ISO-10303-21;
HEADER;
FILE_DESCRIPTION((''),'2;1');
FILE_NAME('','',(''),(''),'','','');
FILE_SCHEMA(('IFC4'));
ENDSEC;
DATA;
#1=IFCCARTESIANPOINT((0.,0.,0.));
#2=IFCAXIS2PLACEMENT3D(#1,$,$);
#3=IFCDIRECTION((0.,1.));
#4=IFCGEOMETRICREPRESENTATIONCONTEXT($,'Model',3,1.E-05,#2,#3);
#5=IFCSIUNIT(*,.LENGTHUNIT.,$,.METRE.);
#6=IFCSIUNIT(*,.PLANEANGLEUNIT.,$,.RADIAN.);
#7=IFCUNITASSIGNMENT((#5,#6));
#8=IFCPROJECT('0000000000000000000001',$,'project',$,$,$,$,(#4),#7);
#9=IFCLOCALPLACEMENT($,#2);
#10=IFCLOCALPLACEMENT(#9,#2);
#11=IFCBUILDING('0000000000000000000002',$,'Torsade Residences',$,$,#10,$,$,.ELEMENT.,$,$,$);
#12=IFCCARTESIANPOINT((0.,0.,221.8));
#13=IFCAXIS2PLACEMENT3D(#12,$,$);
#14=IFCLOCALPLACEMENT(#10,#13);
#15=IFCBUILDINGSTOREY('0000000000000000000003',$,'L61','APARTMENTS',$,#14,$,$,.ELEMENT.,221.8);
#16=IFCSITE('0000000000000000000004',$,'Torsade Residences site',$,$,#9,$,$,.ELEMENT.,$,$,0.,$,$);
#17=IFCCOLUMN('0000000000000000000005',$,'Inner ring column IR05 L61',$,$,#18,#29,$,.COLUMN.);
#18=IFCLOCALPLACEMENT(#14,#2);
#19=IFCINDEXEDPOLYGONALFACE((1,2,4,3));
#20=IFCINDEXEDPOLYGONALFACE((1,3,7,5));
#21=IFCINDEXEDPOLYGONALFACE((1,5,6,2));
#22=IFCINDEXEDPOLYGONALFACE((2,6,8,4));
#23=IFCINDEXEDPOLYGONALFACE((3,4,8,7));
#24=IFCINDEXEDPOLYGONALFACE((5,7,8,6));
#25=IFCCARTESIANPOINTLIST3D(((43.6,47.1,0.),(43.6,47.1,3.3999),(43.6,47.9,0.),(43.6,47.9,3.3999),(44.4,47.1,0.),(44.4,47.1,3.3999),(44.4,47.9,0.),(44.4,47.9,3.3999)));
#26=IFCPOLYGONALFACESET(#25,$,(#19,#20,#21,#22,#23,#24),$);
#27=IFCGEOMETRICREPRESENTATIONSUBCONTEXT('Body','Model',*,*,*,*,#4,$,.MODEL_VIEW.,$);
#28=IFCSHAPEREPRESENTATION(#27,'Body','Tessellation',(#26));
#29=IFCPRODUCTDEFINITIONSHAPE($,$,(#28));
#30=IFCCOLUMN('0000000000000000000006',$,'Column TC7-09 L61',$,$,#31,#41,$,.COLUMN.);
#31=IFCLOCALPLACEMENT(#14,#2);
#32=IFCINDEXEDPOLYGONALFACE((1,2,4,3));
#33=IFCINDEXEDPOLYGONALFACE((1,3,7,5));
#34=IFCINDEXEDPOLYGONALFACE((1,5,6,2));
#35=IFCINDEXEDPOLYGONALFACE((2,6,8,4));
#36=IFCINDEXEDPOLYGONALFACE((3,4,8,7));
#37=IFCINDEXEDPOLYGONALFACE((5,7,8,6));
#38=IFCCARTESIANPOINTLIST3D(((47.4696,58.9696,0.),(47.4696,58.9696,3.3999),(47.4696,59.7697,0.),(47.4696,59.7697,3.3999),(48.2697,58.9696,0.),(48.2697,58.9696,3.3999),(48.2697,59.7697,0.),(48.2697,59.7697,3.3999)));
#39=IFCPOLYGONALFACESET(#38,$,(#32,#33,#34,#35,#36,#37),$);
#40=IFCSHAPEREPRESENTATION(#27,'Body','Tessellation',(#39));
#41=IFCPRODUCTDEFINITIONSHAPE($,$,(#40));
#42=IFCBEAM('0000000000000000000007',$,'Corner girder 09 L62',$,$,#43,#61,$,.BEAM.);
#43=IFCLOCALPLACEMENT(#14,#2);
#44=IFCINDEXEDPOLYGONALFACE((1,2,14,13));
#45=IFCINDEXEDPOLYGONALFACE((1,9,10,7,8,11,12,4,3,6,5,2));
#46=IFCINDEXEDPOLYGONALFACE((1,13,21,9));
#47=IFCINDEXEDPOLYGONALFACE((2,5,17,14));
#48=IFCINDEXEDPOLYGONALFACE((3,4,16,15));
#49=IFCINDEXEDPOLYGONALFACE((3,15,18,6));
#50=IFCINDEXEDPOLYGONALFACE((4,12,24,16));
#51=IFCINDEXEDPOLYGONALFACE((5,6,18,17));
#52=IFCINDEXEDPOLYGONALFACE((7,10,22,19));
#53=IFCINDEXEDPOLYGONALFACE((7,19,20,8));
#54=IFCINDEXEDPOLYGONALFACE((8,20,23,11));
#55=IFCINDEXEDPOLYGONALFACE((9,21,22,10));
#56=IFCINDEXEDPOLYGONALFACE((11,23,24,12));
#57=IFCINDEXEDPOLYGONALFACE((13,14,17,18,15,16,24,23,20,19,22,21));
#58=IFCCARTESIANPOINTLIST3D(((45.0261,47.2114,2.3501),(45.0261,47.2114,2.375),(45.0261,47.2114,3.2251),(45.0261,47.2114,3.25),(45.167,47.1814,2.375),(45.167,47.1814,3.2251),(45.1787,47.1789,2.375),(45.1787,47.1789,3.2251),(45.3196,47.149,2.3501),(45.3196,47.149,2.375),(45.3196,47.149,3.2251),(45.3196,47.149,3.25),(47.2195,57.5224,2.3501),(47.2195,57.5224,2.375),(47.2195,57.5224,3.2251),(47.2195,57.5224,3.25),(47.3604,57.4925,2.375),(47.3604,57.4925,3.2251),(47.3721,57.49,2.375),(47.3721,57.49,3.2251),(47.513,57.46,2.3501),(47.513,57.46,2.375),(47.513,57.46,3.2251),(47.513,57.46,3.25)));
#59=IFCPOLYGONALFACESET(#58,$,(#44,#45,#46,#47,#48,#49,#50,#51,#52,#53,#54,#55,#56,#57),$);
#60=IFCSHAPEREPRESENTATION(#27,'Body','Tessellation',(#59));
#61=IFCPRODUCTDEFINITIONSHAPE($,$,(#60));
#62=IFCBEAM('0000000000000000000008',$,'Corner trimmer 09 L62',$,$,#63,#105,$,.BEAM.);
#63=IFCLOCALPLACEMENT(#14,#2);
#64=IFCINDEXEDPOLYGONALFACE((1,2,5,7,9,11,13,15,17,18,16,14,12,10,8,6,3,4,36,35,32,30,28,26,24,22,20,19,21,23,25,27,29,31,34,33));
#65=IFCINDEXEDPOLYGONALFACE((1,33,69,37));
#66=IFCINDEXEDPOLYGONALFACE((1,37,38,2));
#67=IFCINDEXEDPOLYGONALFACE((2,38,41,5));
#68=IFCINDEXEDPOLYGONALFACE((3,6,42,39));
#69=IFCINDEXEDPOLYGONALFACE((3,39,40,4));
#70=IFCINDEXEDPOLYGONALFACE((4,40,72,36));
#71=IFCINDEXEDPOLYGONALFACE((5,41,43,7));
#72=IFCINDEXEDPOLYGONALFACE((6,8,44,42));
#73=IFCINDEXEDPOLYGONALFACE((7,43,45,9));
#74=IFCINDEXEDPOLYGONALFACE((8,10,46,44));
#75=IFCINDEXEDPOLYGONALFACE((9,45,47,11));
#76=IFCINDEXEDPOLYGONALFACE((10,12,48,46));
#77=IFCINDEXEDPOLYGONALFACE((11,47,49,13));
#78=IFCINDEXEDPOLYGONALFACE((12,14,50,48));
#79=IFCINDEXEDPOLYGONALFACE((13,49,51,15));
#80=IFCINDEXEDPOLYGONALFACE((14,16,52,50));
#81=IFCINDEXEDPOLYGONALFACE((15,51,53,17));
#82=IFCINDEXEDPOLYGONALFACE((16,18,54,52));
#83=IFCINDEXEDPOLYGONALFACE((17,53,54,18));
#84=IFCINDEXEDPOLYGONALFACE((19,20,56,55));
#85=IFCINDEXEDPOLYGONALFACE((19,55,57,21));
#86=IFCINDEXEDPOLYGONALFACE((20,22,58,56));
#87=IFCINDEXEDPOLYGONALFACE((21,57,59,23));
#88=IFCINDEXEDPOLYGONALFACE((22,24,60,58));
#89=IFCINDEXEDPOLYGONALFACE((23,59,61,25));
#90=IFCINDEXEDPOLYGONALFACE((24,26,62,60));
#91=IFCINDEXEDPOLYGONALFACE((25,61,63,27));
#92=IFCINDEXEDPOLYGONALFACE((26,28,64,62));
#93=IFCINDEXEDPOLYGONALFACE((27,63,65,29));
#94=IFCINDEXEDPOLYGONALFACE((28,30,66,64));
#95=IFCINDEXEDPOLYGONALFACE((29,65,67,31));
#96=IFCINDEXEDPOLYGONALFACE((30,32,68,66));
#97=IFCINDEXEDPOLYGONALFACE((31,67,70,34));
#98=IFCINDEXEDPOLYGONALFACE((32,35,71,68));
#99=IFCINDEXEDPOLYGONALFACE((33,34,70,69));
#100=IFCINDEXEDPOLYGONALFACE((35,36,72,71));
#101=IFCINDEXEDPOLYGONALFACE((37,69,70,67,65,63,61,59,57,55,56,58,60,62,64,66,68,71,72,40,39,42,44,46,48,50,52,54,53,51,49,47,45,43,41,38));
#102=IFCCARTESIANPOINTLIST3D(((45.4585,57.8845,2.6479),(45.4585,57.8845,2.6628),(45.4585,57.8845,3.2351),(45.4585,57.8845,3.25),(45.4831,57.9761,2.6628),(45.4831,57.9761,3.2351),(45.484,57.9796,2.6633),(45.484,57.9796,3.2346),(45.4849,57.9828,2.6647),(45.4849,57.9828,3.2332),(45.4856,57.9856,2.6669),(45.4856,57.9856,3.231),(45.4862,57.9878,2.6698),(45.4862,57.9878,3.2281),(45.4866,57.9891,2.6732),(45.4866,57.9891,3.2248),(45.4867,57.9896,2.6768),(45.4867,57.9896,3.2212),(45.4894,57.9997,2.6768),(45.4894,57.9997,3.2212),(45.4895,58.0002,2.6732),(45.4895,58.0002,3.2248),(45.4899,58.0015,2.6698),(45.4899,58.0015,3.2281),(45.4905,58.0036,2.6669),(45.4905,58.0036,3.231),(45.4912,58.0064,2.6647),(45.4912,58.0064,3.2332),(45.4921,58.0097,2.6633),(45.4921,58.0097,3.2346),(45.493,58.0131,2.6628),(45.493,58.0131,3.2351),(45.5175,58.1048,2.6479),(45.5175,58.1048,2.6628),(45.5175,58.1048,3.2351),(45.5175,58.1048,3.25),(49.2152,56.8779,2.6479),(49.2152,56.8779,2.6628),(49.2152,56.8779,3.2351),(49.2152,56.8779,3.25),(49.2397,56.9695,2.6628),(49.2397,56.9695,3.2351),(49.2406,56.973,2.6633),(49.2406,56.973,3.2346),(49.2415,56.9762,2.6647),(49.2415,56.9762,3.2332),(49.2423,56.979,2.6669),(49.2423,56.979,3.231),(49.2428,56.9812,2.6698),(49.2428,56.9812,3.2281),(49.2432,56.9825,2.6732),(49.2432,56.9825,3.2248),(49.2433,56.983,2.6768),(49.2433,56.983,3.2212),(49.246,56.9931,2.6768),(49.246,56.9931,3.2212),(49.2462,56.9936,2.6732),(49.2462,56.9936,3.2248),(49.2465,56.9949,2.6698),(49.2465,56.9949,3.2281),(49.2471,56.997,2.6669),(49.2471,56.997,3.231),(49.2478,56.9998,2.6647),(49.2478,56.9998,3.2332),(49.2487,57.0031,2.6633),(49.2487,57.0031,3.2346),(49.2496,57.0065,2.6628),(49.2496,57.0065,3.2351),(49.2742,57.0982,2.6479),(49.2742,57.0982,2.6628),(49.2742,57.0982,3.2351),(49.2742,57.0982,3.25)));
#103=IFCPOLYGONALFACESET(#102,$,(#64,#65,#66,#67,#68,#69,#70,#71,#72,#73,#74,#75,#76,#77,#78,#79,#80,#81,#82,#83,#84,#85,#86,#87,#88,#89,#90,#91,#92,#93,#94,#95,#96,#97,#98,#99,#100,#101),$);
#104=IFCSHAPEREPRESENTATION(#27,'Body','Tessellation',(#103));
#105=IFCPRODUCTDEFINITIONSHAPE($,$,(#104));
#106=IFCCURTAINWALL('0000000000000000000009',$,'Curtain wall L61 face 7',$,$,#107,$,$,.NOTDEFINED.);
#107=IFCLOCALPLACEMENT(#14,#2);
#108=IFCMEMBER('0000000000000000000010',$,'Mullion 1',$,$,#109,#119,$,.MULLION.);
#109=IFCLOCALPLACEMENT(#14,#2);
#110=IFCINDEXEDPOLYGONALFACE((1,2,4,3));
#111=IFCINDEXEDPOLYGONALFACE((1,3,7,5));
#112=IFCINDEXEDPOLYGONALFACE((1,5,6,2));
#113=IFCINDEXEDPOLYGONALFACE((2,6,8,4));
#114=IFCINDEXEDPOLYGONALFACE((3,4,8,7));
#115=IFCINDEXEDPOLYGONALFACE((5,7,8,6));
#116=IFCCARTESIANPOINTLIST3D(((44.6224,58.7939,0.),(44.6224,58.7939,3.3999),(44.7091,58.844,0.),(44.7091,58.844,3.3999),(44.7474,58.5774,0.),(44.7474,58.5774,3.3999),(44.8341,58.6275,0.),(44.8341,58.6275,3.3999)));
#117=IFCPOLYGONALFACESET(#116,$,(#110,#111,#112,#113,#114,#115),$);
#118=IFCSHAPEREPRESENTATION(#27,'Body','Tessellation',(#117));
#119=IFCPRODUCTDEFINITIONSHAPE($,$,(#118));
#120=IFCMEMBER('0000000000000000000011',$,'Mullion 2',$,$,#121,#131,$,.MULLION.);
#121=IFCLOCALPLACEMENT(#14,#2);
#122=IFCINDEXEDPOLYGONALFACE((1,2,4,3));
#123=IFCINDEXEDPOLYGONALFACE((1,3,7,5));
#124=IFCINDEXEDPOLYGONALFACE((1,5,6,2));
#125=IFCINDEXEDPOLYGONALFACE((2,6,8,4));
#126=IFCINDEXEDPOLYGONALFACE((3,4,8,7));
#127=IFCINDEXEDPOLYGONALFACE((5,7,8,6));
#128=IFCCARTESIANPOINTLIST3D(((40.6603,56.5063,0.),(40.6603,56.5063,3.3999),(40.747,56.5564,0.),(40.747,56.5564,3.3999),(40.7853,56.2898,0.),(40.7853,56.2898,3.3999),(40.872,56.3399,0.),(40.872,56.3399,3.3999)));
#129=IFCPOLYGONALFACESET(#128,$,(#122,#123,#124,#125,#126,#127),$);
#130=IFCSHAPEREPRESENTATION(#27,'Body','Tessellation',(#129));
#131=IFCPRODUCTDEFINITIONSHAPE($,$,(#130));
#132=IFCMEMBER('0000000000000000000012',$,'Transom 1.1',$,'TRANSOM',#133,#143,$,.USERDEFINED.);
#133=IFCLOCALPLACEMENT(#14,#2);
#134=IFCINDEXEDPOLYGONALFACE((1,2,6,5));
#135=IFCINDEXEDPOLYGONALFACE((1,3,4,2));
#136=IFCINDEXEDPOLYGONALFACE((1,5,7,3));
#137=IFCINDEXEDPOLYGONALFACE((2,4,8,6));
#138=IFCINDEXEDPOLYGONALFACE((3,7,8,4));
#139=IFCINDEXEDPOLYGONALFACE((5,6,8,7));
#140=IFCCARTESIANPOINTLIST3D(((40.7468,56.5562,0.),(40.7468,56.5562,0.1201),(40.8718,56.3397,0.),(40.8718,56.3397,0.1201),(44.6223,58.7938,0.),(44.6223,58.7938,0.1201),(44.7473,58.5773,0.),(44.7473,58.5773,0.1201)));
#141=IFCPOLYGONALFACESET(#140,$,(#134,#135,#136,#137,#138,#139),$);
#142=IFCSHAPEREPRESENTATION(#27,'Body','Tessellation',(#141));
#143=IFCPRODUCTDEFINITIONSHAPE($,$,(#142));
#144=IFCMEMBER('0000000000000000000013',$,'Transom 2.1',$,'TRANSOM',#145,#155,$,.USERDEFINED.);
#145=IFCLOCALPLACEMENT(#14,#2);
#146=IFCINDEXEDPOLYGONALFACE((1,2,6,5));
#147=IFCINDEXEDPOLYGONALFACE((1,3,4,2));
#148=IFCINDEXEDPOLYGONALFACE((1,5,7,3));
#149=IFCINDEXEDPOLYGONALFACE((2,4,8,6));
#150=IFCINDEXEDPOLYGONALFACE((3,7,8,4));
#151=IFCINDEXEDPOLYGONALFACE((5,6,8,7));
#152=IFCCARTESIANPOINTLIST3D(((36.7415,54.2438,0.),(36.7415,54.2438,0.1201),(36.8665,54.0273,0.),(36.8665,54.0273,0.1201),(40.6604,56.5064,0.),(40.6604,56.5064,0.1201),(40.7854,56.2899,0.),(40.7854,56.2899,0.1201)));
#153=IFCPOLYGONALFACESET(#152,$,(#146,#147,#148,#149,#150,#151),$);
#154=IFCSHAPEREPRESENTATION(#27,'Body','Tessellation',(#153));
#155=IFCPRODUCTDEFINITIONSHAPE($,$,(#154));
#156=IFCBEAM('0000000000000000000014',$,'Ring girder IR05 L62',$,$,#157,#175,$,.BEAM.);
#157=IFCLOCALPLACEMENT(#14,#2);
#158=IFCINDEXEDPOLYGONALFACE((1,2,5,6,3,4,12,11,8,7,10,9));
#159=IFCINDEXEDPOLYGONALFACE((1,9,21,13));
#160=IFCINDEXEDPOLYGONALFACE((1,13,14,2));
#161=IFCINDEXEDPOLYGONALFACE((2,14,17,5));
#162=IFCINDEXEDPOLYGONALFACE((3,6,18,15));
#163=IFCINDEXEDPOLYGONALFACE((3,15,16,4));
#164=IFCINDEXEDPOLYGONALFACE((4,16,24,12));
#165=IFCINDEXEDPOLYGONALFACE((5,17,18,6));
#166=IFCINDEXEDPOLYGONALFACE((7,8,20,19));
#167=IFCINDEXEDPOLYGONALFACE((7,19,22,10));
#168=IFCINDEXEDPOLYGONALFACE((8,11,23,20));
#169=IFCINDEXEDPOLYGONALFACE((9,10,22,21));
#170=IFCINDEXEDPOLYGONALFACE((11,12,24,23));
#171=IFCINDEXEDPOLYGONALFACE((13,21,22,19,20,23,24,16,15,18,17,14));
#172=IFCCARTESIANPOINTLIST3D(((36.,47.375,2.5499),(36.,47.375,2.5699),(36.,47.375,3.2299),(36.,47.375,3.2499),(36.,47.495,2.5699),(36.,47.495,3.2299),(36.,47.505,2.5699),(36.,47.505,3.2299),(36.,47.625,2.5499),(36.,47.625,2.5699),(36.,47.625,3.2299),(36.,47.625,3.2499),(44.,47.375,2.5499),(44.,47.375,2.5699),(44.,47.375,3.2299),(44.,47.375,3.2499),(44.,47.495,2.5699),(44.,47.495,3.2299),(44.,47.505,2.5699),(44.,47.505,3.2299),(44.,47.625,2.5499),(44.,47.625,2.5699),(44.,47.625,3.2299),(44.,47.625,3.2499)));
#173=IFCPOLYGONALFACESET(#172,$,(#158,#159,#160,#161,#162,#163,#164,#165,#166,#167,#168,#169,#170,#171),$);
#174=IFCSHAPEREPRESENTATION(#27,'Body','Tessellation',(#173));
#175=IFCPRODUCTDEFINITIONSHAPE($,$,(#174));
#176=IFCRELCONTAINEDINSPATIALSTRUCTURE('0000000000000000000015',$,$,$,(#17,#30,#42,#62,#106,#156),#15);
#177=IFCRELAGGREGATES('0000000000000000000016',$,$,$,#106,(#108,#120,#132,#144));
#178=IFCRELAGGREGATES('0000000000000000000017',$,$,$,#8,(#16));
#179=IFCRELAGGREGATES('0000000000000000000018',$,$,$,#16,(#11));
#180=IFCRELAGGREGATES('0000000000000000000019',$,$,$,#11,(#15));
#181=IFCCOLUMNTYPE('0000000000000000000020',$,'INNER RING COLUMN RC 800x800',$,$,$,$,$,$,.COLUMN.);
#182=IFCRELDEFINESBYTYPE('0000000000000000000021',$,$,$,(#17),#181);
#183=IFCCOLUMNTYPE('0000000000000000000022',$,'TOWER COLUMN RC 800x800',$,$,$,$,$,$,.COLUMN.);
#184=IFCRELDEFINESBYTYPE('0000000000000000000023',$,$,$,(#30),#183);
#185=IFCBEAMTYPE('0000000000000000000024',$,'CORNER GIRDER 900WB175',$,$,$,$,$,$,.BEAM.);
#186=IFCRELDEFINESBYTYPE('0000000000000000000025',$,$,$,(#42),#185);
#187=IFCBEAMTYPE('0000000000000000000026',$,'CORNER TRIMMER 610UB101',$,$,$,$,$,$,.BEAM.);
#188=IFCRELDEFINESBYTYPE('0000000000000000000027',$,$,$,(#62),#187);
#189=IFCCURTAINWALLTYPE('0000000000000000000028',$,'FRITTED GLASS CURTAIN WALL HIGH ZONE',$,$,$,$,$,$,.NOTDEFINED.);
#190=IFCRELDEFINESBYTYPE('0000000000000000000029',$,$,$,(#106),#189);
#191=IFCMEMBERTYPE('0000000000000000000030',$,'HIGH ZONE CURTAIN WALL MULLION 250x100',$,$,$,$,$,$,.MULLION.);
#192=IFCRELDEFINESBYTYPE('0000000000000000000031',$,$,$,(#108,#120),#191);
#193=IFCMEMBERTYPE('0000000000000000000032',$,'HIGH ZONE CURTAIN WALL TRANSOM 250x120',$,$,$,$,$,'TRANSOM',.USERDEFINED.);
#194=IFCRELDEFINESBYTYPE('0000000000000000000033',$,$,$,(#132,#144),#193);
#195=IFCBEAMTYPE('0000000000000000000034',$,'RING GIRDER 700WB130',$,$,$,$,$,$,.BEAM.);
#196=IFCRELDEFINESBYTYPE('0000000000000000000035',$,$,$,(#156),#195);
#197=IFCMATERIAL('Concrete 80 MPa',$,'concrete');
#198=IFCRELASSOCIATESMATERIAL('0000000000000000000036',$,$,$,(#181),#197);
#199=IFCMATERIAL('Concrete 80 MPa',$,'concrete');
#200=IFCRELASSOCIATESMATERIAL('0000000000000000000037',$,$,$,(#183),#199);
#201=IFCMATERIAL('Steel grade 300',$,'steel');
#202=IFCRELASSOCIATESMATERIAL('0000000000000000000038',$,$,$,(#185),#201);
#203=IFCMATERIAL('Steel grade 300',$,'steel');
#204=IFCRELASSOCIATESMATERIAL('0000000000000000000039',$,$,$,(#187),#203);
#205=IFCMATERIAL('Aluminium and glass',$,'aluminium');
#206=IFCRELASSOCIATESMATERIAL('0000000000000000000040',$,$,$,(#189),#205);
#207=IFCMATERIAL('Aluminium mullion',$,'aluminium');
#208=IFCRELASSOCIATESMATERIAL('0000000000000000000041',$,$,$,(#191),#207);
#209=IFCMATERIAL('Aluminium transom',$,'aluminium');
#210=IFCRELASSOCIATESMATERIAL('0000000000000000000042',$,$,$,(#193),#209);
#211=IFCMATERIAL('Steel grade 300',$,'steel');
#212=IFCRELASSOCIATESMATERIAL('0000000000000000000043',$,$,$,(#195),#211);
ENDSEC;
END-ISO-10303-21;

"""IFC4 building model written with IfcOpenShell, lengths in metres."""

from ifc_helpers import new_model, si_unit, direction, frame, origin, origin_2d, place, context, subcontext, project, spatial, rectangle, i_section, extrude, material, material_profile, profile_set, type_object, element, aggregate, save


model = new_model("IFC4")

# Units and contexts
model_context = context("Model", 3, precision=1e-05, world=origin(), true_north=direction((0.0, 1.0)))
body_context = subcontext(model_context, "Body", "Model", "MODEL_VIEW")
ifc_project = project(units=[si_unit("LENGTHUNIT", "METRE"), si_unit("PLANEANGLEUNIT", "RADIAN")], contexts=[model_context])

# Site, building, storey
site_placement = place(None, origin())
site = spatial("IfcSite", under=ifc_project, at=site_placement, Name="Torsade Residences site", CompositionType="ELEMENT", RefElevation=0.0)
building_placement = place(site_placement, origin())
building = spatial("IfcBuilding", under=site, at=building_placement, Name="Torsade Residences", CompositionType="ELEMENT")
storey_placement = place(building_placement, frame((0.0, 0.0, 221.8)))
storey = spatial("IfcBuildingStorey", under=building, at=storey_placement, Name="L61", Description="APARTMENTS", CompositionType="ELEMENT", Elevation=221.8)

# Columns
ifc_material_1 = material(Name="Concrete 80 MPa", Category="concrete")
ifc_material_profile_1 = material_profile(ifc_material_1, rectangle(XDim=0.8, YDim=0.8, at=origin_2d()), Name="RC 800x800")
ifc_profile_set_1 = profile_set([ifc_material_profile_1], Name="Concrete 80 MPa")
column_type_1 = type_object("IfcColumnType", Name="INNER RING COLUMN RC 800x800", PredefinedType="COLUMN", material=ifc_profile_set_1)
column_1_placement = place(storey_placement, frame((44.0, 47.5, 0.0), z_axis=(0.0, 0.0, 1.0), x_axis=(1.0, 0.0, 0.0)))
element("IfcColumn", 1, at=column_1_placement, inside=storey, type_object=column_type_1, Name="Inner ring column IR05 L61", PredefinedType="COLUMN", context=body_context, shape_type="SweptSolid", body=[
    extrude(rectangle(XDim=0.8, YDim=0.8, at=origin_2d()), origin(), (0.0, 0.0, 1.0), 3.3999),
])
ifc_material_2 = material(Name="Concrete 80 MPa", Category="concrete")
ifc_material_profile_2 = material_profile(ifc_material_2, rectangle(XDim=0.8, YDim=0.8, at=origin_2d()), Name="RC 800x800")
ifc_profile_set_2 = profile_set([ifc_material_profile_2], Name="Concrete 80 MPa")
column_type_2 = type_object("IfcColumnType", Name="TOWER COLUMN RC 800x800", PredefinedType="COLUMN", material=ifc_profile_set_2)
column_2_placement = place(storey_placement, frame((47.8696, 59.3696, 0.0), z_axis=(0.0, 0.0, 1.0), x_axis=(1.0, 0.0, 0.0)))
element("IfcColumn", 2, at=column_2_placement, inside=storey, type_object=column_type_2, Name="Column TC7-09 L61", PredefinedType="COLUMN", context=body_context, shape_type="SweptSolid", body=[
    extrude(rectangle(XDim=0.8, YDim=0.8, at=origin_2d()), origin(), (0.0, 0.0, 1.0), 3.3999),
])

# Beams
ifc_material_3 = material(Name="Steel grade 300", Category="steel")
ifc_material_profile_3 = material_profile(ifc_material_3, i_section(OverallWidth=0.3, OverallDepth=0.8999, WebThickness=0.012, FlangeThickness=0.0249, at=origin_2d()), Name="900WB175")
ifc_profile_set_3 = profile_set([ifc_material_profile_3], Name="Steel grade 300")
beam_type_1 = type_object("IfcBeamType", Name="CORNER GIRDER 900WB175", PredefinedType="BEAM", material=ifc_profile_set_3)
beam_1_placement = place(storey_placement, frame((47.3662, 57.4912, 2.8), z_axis=(-0.208064, -0.978115, 0.0), x_axis=(0.978115, -0.208064, 0.0)))
element("IfcBeam", 3, at=beam_1_placement, inside=storey, type_object=beam_type_1, Name="Corner girder 09 L62", PredefinedType="BEAM", context=body_context, shape_type="SweptSolid", body=[
    extrude(i_section(OverallWidth=0.3, OverallDepth=0.8999, WebThickness=0.012, FlangeThickness=0.0249, at=origin_2d()), origin(), (0.0, 0.0, 1.0), 10.5417),
])
ifc_material_4 = material(Name="Steel grade 300", Category="steel")
ifc_material_profile_4 = material_profile(ifc_material_4, i_section(OverallWidth=0.228, OverallDepth=0.6021, WebThickness=0.0105, FlangeThickness=0.0149, FilletRadius=0.0139, at=origin_2d()), Name="610UB101")
ifc_profile_set_4 = profile_set([ifc_material_profile_4], Name="Steel grade 300")
beam_type_2 = type_object("IfcBeamType", Name="CORNER TRIMMER 610UB101", PredefinedType="BEAM", material=ifc_profile_set_4)
beam_2_placement = place(storey_placement, frame((45.488, 57.9946, 2.949), z_axis=(0.965925, -0.258823, 0.0), x_axis=(0.258823, 0.965925, 0.0)))
element("IfcBeam", 4, at=beam_2_placement, inside=storey, type_object=beam_type_2, Name="Corner trimmer 09 L62", PredefinedType="BEAM", context=body_context, shape_type="SweptSolid", body=[
    extrude(i_section(OverallWidth=0.228, OverallDepth=0.6021, WebThickness=0.0105, FlangeThickness=0.0149, FilletRadius=0.0139, at=origin_2d()), origin(), (0.0, 0.0, 1.0), 3.8892),
])

# Curtain wall, members
ifc_material_5 = material(Name="Aluminium and glass", Category="aluminium")
curtain_wall_type = type_object("IfcCurtainWallType", Name="FRITTED GLASS CURTAIN WALL HIGH ZONE", PredefinedType="NOTDEFINED", material=ifc_material_5)
curtain_wall_placement = place(storey_placement, origin())
curtain_wall = element("IfcCurtainWall", 5, at=curtain_wall_placement, inside=storey, type_object=curtain_wall_type, Name="Curtain wall L61 face 7", PredefinedType="NOTDEFINED")
ifc_material_6 = material(Name="Aluminium mullion", Category="aluminium")
ifc_material_profile_5 = material_profile(ifc_material_6, rectangle(XDim=0.25, YDim=0.1001, at=origin_2d()), Name="HIGH ZONE CURTAIN WALL MULLION 250x100")
ifc_profile_set_5 = profile_set([ifc_material_profile_5], Name="Aluminium mullion")
member_type_1 = type_object("IfcMemberType", Name="HIGH ZONE CURTAIN WALL MULLION 250x100", PredefinedType="MULLION", material=ifc_profile_set_5)
member_1_placement = place(storey_placement, frame((44.7283, 58.7107, 0.0), z_axis=(0.0, 0.0, 1.0), x_axis=(0.5, -0.866025, 0.0)))
member_1 = element("IfcMember", 6, at=member_1_placement, type_object=member_type_1, Name="Mullion 1", PredefinedType="MULLION", context=body_context, shape_type="SweptSolid", body=[
    extrude(rectangle(XDim=0.25, YDim=0.1001, at=origin_2d()), origin(), (0.0, 0.0, 1.0), 3.3999),
])
member_2_placement = place(storey_placement, frame((40.7661, 56.4231, 0.0), z_axis=(0.0, 0.0, 1.0), x_axis=(0.5, -0.866025, 0.0)))
member_2 = element("IfcMember", 7, at=member_2_placement, type_object=member_type_1, Name="Mullion 2", PredefinedType="MULLION", context=body_context, shape_type="SweptSolid", body=[
    extrude(rectangle(XDim=0.25, YDim=0.1001, at=origin_2d()), origin(), (0.0, 0.0, 1.0), 3.3999),
])
ifc_material_7 = material(Name="Aluminium transom", Category="aluminium")
ifc_material_profile_6 = material_profile(ifc_material_7, rectangle(XDim=0.25, YDim=0.1201, at=origin_2d()), Name="HIGH ZONE CURTAIN WALL TRANSOM 250x120")
ifc_profile_set_6 = profile_set([ifc_material_profile_6], Name="Aluminium transom")
member_type_2 = type_object("IfcMemberType", Name="HIGH ZONE CURTAIN WALL TRANSOM 250x120", ElementType="TRANSOM", PredefinedType="USERDEFINED", material=ifc_profile_set_6)
member_3_placement = place(storey_placement, frame((44.6848, 58.6855, 0.0601), z_axis=(-0.866022, -0.500006, 0.0), x_axis=(0.500006, -0.866022, 0.0)))
member_3 = element("IfcMember", 8, at=member_3_placement, type_object=member_type_2, Name="Transom 1.1", ObjectType="TRANSOM", PredefinedType="USERDEFINED", context=body_context, shape_type="SweptSolid", body=[
    extrude(rectangle(XDim=0.25, YDim=0.1201, at=origin_2d()), origin(), (0.0, 0.0, 1.0), 4.4751),
])
member_4_placement = place(storey_placement, frame((40.7229, 56.3982, 0.0601), z_axis=(-0.866017, -0.500015, 0.0), x_axis=(0.500015, -0.866017, 0.0)))
member_4 = element("IfcMember", 9, at=member_4_placement, type_object=member_type_2, Name="Transom 2.1", ObjectType="TRANSOM", PredefinedType="USERDEFINED", context=body_context, shape_type="SweptSolid", body=[
    extrude(rectangle(XDim=0.25, YDim=0.1201, at=origin_2d()), origin(), (0.0, 0.0, 1.0), 4.5251),
])

# Beam
ifc_material_8 = material(Name="Steel grade 300", Category="steel")
ifc_material_profile_7 = material_profile(ifc_material_8, i_section(OverallWidth=0.25, OverallDepth=0.7, WebThickness=0.01, FlangeThickness=0.02, at=origin_2d()), Name="700WB130")
ifc_profile_set_7 = profile_set([ifc_material_profile_7], Name="Steel grade 300")
beam_type_3 = type_object("IfcBeamType", Name="RING GIRDER 700WB130", PredefinedType="BEAM", material=ifc_profile_set_7)
beam_3_placement = place(storey_placement, frame((44.0, 47.5, 2.8999), z_axis=(-1.0, 0.0, 0.0), x_axis=(0.0, -1.0, 0.0)))
element("IfcBeam", 10, at=beam_3_placement, inside=storey, type_object=beam_type_3, Name="Ring girder IR05 L62", PredefinedType="BEAM", context=body_context, shape_type="SweptSolid", body=[
    extrude(i_section(OverallWidth=0.25, OverallDepth=0.7, WebThickness=0.01, FlangeThickness=0.02, at=origin_2d()), origin(), (0.0, 0.0, 1.0), 8.0),
])

aggregate(curtain_wall, [member_1, member_2, member_3, member_4])

save(model, "model.ifc")
